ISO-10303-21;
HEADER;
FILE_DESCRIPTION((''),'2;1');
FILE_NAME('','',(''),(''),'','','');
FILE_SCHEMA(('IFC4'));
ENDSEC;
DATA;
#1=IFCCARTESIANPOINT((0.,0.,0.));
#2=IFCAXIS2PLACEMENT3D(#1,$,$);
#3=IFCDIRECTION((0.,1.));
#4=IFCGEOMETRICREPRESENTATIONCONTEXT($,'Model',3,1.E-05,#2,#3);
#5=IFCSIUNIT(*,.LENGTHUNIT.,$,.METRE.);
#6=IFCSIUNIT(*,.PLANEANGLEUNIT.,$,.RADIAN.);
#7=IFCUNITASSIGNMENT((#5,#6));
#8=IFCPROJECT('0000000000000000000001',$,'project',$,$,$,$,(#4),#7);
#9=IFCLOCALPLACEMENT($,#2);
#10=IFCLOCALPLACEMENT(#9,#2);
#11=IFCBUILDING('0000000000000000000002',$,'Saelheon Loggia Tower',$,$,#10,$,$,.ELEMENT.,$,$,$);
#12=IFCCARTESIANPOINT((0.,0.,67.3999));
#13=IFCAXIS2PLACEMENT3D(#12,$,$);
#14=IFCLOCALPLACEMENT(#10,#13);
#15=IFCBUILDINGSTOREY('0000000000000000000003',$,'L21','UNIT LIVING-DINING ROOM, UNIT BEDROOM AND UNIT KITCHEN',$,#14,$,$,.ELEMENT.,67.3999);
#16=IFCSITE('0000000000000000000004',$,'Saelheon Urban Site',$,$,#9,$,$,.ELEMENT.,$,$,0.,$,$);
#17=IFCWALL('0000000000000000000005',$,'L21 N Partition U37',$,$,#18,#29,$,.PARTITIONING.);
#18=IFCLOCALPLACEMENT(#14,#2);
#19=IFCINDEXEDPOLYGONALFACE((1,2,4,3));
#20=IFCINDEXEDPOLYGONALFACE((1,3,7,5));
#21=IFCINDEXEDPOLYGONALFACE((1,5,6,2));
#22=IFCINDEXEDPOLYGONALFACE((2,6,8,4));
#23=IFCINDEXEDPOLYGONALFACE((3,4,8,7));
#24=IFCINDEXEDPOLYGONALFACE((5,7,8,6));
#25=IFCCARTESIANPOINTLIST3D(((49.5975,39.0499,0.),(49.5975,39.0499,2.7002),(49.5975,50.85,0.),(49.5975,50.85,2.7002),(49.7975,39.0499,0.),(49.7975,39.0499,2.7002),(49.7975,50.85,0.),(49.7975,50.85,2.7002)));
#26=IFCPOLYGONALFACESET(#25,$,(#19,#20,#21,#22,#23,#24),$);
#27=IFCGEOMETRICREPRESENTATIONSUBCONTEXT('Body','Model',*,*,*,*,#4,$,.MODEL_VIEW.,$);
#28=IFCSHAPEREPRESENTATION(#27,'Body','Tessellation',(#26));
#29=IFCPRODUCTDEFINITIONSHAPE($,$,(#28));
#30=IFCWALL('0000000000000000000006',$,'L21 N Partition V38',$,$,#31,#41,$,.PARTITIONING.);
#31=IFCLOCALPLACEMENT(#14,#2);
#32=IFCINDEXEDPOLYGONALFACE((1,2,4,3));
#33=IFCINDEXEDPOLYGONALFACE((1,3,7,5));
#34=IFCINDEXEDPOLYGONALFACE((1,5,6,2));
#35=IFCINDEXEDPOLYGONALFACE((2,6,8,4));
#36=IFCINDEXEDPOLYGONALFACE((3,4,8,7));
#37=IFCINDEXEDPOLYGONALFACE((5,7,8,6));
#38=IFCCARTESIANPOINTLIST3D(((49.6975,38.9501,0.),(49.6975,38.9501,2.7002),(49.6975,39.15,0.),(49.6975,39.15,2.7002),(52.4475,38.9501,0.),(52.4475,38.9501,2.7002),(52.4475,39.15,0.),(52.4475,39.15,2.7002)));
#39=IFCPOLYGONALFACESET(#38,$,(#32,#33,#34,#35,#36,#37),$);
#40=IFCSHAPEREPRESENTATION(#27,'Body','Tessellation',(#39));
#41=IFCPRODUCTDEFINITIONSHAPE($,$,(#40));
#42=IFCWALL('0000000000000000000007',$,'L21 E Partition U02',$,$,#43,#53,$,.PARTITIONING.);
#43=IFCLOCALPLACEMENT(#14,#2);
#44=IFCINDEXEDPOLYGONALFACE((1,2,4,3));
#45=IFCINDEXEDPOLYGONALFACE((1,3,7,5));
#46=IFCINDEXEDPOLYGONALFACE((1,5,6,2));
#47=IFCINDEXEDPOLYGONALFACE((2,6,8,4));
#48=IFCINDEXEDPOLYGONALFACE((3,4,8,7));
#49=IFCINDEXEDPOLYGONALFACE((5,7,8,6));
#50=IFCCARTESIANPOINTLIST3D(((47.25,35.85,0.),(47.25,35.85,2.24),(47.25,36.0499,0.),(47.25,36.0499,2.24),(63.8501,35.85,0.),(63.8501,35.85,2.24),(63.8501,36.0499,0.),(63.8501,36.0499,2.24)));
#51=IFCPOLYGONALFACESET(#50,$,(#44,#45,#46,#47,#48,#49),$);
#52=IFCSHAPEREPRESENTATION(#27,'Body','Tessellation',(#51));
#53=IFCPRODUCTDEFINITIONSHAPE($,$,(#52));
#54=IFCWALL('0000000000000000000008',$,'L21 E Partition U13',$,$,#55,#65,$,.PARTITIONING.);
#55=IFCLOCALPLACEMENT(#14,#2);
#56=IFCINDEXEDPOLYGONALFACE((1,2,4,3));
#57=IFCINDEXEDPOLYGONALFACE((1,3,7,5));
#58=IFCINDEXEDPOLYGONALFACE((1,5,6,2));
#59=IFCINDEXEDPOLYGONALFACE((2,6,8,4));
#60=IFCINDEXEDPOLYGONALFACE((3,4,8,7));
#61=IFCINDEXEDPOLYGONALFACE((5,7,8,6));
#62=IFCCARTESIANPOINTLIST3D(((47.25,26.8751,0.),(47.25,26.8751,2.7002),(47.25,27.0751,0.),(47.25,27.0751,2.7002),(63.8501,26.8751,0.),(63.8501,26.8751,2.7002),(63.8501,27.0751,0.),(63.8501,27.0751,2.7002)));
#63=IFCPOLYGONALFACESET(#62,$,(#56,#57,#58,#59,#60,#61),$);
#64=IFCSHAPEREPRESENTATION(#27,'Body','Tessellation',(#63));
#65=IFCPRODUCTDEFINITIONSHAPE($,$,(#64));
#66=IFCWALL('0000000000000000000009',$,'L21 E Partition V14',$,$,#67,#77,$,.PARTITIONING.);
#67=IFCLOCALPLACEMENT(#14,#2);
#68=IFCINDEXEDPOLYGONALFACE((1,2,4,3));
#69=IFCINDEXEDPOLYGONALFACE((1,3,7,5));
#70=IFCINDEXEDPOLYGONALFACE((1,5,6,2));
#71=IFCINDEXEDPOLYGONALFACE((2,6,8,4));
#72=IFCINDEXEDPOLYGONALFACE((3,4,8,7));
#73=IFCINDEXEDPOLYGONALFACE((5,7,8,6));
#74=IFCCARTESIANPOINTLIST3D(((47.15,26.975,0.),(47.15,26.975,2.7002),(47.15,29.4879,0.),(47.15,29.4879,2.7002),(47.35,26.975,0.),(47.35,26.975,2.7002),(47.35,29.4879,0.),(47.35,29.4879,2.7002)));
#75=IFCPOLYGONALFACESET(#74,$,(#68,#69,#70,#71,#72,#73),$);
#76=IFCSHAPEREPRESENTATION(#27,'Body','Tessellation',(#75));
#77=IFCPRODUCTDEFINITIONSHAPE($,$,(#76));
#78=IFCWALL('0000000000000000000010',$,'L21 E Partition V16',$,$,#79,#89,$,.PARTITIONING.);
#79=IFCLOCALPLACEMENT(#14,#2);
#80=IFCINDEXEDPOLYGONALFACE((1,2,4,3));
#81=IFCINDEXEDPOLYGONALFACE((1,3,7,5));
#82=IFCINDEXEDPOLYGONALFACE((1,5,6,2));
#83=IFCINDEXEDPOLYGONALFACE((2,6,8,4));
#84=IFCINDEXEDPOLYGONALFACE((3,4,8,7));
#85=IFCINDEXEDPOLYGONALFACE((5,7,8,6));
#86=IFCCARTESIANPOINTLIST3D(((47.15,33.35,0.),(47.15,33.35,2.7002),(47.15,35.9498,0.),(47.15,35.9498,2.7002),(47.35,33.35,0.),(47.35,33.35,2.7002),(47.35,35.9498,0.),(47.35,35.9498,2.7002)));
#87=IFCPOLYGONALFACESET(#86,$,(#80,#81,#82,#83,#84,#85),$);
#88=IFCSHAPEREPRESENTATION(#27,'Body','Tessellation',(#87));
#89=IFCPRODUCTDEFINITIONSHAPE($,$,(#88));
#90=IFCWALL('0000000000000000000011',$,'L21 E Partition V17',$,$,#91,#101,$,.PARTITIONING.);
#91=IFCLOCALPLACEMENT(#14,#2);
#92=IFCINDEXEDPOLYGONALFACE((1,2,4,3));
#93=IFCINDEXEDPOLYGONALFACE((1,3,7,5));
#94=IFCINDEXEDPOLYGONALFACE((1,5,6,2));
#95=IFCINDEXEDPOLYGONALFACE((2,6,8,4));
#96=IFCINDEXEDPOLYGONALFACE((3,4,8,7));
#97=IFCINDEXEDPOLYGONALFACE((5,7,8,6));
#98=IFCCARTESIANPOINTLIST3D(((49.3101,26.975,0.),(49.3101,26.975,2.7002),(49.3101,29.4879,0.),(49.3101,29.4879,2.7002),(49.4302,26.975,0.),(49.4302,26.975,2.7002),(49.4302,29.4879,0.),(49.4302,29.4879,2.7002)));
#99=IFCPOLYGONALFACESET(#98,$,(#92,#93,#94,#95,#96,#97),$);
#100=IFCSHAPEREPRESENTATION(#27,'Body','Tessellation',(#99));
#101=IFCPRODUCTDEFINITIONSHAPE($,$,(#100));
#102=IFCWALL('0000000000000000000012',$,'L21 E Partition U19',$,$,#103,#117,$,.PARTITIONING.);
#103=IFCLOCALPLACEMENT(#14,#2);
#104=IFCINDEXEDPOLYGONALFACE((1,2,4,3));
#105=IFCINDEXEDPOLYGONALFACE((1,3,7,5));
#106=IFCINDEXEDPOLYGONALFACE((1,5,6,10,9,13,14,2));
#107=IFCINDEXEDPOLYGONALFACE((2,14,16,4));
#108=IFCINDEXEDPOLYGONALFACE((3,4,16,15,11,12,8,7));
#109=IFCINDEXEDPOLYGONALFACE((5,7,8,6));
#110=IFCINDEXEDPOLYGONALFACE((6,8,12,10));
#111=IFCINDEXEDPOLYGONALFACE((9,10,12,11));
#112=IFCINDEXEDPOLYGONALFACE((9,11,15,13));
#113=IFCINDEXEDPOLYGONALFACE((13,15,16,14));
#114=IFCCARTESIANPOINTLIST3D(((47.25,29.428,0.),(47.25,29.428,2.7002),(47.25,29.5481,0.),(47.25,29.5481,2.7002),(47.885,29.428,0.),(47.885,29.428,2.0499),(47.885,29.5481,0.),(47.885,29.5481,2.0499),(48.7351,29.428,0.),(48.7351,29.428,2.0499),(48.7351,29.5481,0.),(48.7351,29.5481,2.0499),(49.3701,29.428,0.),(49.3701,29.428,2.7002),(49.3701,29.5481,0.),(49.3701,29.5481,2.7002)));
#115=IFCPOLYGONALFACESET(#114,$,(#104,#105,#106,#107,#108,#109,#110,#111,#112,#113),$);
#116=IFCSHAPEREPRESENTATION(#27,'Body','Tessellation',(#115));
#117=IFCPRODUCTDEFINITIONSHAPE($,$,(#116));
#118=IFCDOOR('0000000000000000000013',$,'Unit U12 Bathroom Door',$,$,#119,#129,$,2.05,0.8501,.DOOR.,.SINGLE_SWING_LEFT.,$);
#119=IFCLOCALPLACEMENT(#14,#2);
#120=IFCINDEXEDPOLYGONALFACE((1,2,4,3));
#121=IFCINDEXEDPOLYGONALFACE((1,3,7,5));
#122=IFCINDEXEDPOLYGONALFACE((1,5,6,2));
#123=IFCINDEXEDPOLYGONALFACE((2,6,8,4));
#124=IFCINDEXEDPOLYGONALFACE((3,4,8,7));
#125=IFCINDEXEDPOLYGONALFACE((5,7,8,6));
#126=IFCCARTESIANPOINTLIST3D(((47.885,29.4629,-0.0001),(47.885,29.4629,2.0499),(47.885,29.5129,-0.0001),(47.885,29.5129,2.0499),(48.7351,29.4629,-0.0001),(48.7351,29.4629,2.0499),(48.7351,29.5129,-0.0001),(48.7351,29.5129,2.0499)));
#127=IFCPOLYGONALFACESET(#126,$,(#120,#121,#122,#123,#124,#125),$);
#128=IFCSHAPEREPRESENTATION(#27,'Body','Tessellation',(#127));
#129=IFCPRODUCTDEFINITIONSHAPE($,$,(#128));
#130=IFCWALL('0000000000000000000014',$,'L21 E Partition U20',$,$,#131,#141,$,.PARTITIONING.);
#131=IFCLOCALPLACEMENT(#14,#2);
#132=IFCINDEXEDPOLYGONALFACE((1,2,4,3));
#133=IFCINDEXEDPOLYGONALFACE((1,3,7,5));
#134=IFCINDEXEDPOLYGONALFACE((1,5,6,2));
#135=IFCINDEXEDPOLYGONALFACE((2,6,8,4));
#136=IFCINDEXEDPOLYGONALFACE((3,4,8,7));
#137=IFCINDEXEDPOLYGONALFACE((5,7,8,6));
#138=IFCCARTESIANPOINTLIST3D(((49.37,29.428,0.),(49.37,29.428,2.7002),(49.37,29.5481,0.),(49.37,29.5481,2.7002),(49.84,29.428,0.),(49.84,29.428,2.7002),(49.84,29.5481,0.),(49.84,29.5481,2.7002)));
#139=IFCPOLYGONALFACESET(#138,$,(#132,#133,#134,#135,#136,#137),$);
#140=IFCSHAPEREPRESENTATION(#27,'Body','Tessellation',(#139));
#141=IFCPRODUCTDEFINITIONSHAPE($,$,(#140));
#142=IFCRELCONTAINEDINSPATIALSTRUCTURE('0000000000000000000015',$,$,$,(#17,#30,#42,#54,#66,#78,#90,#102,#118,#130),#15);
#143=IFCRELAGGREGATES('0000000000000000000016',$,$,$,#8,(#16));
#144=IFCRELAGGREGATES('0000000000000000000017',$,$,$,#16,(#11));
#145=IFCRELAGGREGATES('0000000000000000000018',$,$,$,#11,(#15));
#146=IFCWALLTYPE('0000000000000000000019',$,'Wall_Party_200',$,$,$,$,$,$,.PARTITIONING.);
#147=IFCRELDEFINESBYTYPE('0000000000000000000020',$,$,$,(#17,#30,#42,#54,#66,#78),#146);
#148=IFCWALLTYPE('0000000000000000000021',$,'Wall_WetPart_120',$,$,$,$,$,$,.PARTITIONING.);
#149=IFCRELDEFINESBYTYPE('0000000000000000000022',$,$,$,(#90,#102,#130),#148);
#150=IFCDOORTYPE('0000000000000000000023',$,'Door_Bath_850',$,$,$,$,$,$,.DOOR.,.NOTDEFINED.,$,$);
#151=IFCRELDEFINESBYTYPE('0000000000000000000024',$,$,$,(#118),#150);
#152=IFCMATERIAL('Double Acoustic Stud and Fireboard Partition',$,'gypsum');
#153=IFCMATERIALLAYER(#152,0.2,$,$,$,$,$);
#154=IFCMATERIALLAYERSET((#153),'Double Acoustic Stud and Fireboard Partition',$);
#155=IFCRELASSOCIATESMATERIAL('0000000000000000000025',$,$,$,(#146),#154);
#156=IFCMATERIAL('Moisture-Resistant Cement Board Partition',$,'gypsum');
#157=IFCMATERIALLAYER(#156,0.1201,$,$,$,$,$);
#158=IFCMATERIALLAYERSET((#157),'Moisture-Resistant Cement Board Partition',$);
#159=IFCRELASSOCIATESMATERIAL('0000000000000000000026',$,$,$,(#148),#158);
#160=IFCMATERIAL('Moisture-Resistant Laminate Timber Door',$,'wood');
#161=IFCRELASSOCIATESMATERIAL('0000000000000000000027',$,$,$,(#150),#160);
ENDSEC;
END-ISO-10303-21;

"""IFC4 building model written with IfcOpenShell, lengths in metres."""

from ifc_helpers import new_model, si_unit, direction, frame, frame_2d, origin, place, context, subcontext, project, spatial, rectangle, extrude, source, transform, mapped, material, layer, layer_set, type_object, element, fill, save


model = new_model("IFC4")

# Units and contexts
model_context = context("Model", 3, precision=1e-05, world=origin(), true_north=direction((0.0, 1.0)))
body_context = subcontext(model_context, "Body", "Model", "MODEL_VIEW")
ifc_project = project(units=[si_unit("LENGTHUNIT", "METRE"), si_unit("PLANEANGLEUNIT", "RADIAN")], contexts=[model_context])

# Site, building, storey
site_placement = place(None, origin())
site = spatial("IfcSite", under=ifc_project, at=site_placement, Name="Saelheon Urban Site", CompositionType="ELEMENT", RefElevation=0.0)
building_placement = place(site_placement, origin())
building = spatial("IfcBuilding", under=site, at=building_placement, Name="Saelheon Loggia Tower", CompositionType="ELEMENT")
storey_placement = place(building_placement, frame((0.0, 0.0, 67.3999)))
storey = spatial("IfcBuildingStorey", under=building, at=storey_placement, Name="L21", Description="UNIT LIVING-DINING ROOM, UNIT BEDROOM AND UNIT KITCHEN", CompositionType="ELEMENT", Elevation=67.3999)

# Walls
ifc_material_1 = material(Name="Double Acoustic Stud and Fireboard Partition", Category="gypsum")
ifc_layer_1 = layer(ifc_material_1, 0.2)
ifc_layer_set_1 = layer_set([ifc_layer_1], Name="Double Acoustic Stud and Fireboard Partition")
wall_type_1 = type_object("IfcWallType", Name="Wall_Party_200", PredefinedType="PARTITIONING", material=ifc_layer_set_1)
wall_1_placement = place(storey_placement, frame((49.6975, 39.05, 0.0), z_axis=(0.0, 0.0, 1.0), x_axis=(0.0, 1.0, 0.0)))
element("IfcWall", 1, at=wall_1_placement, inside=storey, type_object=wall_type_1, Name="L21 N Partition U37", PredefinedType="PARTITIONING", context=body_context, shape_type="SweptSolid", body=[
    extrude(rectangle(XDim=11.8, YDim=0.2, at=frame_2d((5.8999, 0.0))), origin(), (0.0, 0.0, 1.0), 2.7002),
])
wall_2_placement = place(storey_placement, frame((49.6975, 39.05, 0.0), z_axis=(0.0, 0.0, 1.0), x_axis=(1.0, 0.0, 0.0)))
element("IfcWall", 2, at=wall_2_placement, inside=storey, type_object=wall_type_1, Name="L21 N Partition V38", PredefinedType="PARTITIONING", context=body_context, shape_type="SweptSolid", body=[
    extrude(rectangle(XDim=2.75, YDim=0.2, at=frame_2d((1.375, 0.0))), origin(), (0.0, 0.0, 1.0), 2.7002),
])
wall_3_placement = place(storey_placement, frame((47.25, 35.95, 0.0), z_axis=(0.0, 0.0, 1.0), x_axis=(1.0, 0.0, 0.0)))
element("IfcWall", 3, at=wall_3_placement, inside=storey, type_object=wall_type_1, Name="L21 E Partition U02", PredefinedType="PARTITIONING", context=body_context, shape_type="SweptSolid", body=[
    extrude(rectangle(XDim=16.6001, YDim=0.2, at=frame_2d((8.3, 0.0))), origin(), (0.0, 0.0, 1.0), 2.24),
])
wall_4_placement = place(storey_placement, frame((47.25, 26.9751, 0.0), z_axis=(0.0, 0.0, 1.0), x_axis=(1.0, 0.0, 0.0)))
element("IfcWall", 4, at=wall_4_placement, inside=storey, type_object=wall_type_1, Name="L21 E Partition U13", PredefinedType="PARTITIONING", context=body_context, shape_type="SweptSolid", body=[
    extrude(rectangle(XDim=16.6001, YDim=0.2, at=frame_2d((8.3, 0.0))), origin(), (0.0, 0.0, 1.0), 2.7002),
])
wall_5_placement = place(storey_placement, frame((47.25, 26.9751, 0.0), z_axis=(0.0, 0.0, 1.0), x_axis=(0.0, 1.0, 0.0)))
element("IfcWall", 5, at=wall_5_placement, inside=storey, type_object=wall_type_1, Name="L21 E Partition V14", PredefinedType="PARTITIONING", context=body_context, shape_type="SweptSolid", body=[
    extrude(rectangle(XDim=2.5129, YDim=0.2, at=frame_2d((1.2563, 0.0))), origin(), (0.0, 0.0, 1.0), 2.7002),
])

# Walls
wall_6_placement = place(storey_placement, frame((47.25, 33.3501, 0.0), z_axis=(0.0, 0.0, 1.0), x_axis=(0.0, 1.0, 0.0)))
element("IfcWall", 6, at=wall_6_placement, inside=storey, type_object=wall_type_1, Name="L21 E Partition V16", PredefinedType="PARTITIONING", context=body_context, shape_type="SweptSolid", body=[
    extrude(rectangle(XDim=2.5999, YDim=0.2, at=frame_2d((1.2998, 0.0))), origin(), (0.0, 0.0, 1.0), 2.7002),
])
ifc_material_2 = material(Name="Moisture-Resistant Cement Board Partition", Category="gypsum")
ifc_layer_2 = layer(ifc_material_2, 0.1201)
ifc_layer_set_2 = layer_set([ifc_layer_2], Name="Moisture-Resistant Cement Board Partition")
wall_type_2 = type_object("IfcWallType", Name="Wall_WetPart_120", PredefinedType="PARTITIONING", material=ifc_layer_set_2)
wall_7_placement = place(storey_placement, frame((49.3701, 26.9751, 0.0), z_axis=(0.0, 0.0, 1.0), x_axis=(0.0, 1.0, 0.0)))
element("IfcWall", 7, at=wall_7_placement, inside=storey, type_object=wall_type_2, Name="L21 E Partition V17", PredefinedType="PARTITIONING", context=body_context, shape_type="SweptSolid", body=[
    extrude(rectangle(XDim=2.5129, YDim=0.1201, at=frame_2d((1.2563, 0.0))), origin(), (0.0, 0.0, 1.0), 2.7002),
])

# Wall, opening, door
wall_8_placement = place(storey_placement, frame((47.25, 29.488, 0.0), z_axis=(0.0, 0.0, 1.0), x_axis=(1.0, 0.0, 0.0)))
wall_8 = element("IfcWall", 8, at=wall_8_placement, inside=storey, type_object=wall_type_2, Name="L21 E Partition U19", PredefinedType="PARTITIONING", context=body_context, shape_type="SweptSolid", body=[
    extrude(rectangle(XDim=2.1201, YDim=0.1201, at=frame_2d((1.0601, 0.0))), origin(), (0.0, 0.0, 1.0), 2.7002),
])
opening_1_placement = place(wall_8_placement, frame((0.635, 0.0, 0.0)))
opening_1 = element("IfcOpeningElement", 9, at=opening_1_placement, cuts=wall_8, PredefinedType="OPENING", context=body_context, shape_type="SweptSolid", body=[
    extrude(rectangle(XDim=0.8501, YDim=2.05, at=frame_2d((0.425, 1.0249))), frame((0.0, 0.072, 0.0), z_axis=(0.0, -1.0, 0.0), x_axis=(1.0, 0.0, 0.0)), (0.0, 0.0, 1.0), 0.144),
])
ifc_material_3 = material(Name="Moisture-Resistant Laminate Timber Door", Category="wood")
door_type_1 = type_object("IfcDoorType", Name="Door_Bath_850", OperationType="NOTDEFINED", PredefinedType="DOOR", material=ifc_material_3)
shared_shape_1 = source(origin(), body_context, "Body", "SweptSolid", [
    extrude(rectangle(XDim=0.8501, YDim=2.05, at=frame_2d((0.425, 1.0249))), frame((0.0, 0.0249, 0.0), z_axis=(0.0, -1.0, 0.0), x_axis=(1.0, 0.0, 0.0)), (0.0, 0.0, 1.0), 0.05),
])
door_1_placement = place(opening_1_placement, origin())
door_1 = element("IfcDoor", 10, at=door_1_placement, inside=storey, type_object=door_type_1, Name="Unit U12 Bathroom Door", OperationType="SINGLE_SWING_LEFT", OverallHeight=2.05, OverallWidth=0.8501, PredefinedType="DOOR", context=body_context, shape_type="MappedRepresentation", body=[
    mapped(shared_shape_1, transform((0.0, 0.0, 0.0), scale=1.0)),
])
fill(opening_1, door_1)

# Wall
wall_9_placement = place(storey_placement, frame((49.3701, 29.488, 0.0), z_axis=(0.0, 0.0, 1.0), x_axis=(1.0, 0.0, 0.0)))
element("IfcWall", 11, at=wall_9_placement, inside=storey, type_object=wall_type_2, Name="L21 E Partition U20", PredefinedType="PARTITIONING", context=body_context, shape_type="SweptSolid", body=[
    extrude(rectangle(XDim=0.47, YDim=0.1201, at=frame_2d((0.2349, 0.0))), origin(), (0.0, 0.0, 1.0), 2.7002),
])

save(model, "model.ifc")
